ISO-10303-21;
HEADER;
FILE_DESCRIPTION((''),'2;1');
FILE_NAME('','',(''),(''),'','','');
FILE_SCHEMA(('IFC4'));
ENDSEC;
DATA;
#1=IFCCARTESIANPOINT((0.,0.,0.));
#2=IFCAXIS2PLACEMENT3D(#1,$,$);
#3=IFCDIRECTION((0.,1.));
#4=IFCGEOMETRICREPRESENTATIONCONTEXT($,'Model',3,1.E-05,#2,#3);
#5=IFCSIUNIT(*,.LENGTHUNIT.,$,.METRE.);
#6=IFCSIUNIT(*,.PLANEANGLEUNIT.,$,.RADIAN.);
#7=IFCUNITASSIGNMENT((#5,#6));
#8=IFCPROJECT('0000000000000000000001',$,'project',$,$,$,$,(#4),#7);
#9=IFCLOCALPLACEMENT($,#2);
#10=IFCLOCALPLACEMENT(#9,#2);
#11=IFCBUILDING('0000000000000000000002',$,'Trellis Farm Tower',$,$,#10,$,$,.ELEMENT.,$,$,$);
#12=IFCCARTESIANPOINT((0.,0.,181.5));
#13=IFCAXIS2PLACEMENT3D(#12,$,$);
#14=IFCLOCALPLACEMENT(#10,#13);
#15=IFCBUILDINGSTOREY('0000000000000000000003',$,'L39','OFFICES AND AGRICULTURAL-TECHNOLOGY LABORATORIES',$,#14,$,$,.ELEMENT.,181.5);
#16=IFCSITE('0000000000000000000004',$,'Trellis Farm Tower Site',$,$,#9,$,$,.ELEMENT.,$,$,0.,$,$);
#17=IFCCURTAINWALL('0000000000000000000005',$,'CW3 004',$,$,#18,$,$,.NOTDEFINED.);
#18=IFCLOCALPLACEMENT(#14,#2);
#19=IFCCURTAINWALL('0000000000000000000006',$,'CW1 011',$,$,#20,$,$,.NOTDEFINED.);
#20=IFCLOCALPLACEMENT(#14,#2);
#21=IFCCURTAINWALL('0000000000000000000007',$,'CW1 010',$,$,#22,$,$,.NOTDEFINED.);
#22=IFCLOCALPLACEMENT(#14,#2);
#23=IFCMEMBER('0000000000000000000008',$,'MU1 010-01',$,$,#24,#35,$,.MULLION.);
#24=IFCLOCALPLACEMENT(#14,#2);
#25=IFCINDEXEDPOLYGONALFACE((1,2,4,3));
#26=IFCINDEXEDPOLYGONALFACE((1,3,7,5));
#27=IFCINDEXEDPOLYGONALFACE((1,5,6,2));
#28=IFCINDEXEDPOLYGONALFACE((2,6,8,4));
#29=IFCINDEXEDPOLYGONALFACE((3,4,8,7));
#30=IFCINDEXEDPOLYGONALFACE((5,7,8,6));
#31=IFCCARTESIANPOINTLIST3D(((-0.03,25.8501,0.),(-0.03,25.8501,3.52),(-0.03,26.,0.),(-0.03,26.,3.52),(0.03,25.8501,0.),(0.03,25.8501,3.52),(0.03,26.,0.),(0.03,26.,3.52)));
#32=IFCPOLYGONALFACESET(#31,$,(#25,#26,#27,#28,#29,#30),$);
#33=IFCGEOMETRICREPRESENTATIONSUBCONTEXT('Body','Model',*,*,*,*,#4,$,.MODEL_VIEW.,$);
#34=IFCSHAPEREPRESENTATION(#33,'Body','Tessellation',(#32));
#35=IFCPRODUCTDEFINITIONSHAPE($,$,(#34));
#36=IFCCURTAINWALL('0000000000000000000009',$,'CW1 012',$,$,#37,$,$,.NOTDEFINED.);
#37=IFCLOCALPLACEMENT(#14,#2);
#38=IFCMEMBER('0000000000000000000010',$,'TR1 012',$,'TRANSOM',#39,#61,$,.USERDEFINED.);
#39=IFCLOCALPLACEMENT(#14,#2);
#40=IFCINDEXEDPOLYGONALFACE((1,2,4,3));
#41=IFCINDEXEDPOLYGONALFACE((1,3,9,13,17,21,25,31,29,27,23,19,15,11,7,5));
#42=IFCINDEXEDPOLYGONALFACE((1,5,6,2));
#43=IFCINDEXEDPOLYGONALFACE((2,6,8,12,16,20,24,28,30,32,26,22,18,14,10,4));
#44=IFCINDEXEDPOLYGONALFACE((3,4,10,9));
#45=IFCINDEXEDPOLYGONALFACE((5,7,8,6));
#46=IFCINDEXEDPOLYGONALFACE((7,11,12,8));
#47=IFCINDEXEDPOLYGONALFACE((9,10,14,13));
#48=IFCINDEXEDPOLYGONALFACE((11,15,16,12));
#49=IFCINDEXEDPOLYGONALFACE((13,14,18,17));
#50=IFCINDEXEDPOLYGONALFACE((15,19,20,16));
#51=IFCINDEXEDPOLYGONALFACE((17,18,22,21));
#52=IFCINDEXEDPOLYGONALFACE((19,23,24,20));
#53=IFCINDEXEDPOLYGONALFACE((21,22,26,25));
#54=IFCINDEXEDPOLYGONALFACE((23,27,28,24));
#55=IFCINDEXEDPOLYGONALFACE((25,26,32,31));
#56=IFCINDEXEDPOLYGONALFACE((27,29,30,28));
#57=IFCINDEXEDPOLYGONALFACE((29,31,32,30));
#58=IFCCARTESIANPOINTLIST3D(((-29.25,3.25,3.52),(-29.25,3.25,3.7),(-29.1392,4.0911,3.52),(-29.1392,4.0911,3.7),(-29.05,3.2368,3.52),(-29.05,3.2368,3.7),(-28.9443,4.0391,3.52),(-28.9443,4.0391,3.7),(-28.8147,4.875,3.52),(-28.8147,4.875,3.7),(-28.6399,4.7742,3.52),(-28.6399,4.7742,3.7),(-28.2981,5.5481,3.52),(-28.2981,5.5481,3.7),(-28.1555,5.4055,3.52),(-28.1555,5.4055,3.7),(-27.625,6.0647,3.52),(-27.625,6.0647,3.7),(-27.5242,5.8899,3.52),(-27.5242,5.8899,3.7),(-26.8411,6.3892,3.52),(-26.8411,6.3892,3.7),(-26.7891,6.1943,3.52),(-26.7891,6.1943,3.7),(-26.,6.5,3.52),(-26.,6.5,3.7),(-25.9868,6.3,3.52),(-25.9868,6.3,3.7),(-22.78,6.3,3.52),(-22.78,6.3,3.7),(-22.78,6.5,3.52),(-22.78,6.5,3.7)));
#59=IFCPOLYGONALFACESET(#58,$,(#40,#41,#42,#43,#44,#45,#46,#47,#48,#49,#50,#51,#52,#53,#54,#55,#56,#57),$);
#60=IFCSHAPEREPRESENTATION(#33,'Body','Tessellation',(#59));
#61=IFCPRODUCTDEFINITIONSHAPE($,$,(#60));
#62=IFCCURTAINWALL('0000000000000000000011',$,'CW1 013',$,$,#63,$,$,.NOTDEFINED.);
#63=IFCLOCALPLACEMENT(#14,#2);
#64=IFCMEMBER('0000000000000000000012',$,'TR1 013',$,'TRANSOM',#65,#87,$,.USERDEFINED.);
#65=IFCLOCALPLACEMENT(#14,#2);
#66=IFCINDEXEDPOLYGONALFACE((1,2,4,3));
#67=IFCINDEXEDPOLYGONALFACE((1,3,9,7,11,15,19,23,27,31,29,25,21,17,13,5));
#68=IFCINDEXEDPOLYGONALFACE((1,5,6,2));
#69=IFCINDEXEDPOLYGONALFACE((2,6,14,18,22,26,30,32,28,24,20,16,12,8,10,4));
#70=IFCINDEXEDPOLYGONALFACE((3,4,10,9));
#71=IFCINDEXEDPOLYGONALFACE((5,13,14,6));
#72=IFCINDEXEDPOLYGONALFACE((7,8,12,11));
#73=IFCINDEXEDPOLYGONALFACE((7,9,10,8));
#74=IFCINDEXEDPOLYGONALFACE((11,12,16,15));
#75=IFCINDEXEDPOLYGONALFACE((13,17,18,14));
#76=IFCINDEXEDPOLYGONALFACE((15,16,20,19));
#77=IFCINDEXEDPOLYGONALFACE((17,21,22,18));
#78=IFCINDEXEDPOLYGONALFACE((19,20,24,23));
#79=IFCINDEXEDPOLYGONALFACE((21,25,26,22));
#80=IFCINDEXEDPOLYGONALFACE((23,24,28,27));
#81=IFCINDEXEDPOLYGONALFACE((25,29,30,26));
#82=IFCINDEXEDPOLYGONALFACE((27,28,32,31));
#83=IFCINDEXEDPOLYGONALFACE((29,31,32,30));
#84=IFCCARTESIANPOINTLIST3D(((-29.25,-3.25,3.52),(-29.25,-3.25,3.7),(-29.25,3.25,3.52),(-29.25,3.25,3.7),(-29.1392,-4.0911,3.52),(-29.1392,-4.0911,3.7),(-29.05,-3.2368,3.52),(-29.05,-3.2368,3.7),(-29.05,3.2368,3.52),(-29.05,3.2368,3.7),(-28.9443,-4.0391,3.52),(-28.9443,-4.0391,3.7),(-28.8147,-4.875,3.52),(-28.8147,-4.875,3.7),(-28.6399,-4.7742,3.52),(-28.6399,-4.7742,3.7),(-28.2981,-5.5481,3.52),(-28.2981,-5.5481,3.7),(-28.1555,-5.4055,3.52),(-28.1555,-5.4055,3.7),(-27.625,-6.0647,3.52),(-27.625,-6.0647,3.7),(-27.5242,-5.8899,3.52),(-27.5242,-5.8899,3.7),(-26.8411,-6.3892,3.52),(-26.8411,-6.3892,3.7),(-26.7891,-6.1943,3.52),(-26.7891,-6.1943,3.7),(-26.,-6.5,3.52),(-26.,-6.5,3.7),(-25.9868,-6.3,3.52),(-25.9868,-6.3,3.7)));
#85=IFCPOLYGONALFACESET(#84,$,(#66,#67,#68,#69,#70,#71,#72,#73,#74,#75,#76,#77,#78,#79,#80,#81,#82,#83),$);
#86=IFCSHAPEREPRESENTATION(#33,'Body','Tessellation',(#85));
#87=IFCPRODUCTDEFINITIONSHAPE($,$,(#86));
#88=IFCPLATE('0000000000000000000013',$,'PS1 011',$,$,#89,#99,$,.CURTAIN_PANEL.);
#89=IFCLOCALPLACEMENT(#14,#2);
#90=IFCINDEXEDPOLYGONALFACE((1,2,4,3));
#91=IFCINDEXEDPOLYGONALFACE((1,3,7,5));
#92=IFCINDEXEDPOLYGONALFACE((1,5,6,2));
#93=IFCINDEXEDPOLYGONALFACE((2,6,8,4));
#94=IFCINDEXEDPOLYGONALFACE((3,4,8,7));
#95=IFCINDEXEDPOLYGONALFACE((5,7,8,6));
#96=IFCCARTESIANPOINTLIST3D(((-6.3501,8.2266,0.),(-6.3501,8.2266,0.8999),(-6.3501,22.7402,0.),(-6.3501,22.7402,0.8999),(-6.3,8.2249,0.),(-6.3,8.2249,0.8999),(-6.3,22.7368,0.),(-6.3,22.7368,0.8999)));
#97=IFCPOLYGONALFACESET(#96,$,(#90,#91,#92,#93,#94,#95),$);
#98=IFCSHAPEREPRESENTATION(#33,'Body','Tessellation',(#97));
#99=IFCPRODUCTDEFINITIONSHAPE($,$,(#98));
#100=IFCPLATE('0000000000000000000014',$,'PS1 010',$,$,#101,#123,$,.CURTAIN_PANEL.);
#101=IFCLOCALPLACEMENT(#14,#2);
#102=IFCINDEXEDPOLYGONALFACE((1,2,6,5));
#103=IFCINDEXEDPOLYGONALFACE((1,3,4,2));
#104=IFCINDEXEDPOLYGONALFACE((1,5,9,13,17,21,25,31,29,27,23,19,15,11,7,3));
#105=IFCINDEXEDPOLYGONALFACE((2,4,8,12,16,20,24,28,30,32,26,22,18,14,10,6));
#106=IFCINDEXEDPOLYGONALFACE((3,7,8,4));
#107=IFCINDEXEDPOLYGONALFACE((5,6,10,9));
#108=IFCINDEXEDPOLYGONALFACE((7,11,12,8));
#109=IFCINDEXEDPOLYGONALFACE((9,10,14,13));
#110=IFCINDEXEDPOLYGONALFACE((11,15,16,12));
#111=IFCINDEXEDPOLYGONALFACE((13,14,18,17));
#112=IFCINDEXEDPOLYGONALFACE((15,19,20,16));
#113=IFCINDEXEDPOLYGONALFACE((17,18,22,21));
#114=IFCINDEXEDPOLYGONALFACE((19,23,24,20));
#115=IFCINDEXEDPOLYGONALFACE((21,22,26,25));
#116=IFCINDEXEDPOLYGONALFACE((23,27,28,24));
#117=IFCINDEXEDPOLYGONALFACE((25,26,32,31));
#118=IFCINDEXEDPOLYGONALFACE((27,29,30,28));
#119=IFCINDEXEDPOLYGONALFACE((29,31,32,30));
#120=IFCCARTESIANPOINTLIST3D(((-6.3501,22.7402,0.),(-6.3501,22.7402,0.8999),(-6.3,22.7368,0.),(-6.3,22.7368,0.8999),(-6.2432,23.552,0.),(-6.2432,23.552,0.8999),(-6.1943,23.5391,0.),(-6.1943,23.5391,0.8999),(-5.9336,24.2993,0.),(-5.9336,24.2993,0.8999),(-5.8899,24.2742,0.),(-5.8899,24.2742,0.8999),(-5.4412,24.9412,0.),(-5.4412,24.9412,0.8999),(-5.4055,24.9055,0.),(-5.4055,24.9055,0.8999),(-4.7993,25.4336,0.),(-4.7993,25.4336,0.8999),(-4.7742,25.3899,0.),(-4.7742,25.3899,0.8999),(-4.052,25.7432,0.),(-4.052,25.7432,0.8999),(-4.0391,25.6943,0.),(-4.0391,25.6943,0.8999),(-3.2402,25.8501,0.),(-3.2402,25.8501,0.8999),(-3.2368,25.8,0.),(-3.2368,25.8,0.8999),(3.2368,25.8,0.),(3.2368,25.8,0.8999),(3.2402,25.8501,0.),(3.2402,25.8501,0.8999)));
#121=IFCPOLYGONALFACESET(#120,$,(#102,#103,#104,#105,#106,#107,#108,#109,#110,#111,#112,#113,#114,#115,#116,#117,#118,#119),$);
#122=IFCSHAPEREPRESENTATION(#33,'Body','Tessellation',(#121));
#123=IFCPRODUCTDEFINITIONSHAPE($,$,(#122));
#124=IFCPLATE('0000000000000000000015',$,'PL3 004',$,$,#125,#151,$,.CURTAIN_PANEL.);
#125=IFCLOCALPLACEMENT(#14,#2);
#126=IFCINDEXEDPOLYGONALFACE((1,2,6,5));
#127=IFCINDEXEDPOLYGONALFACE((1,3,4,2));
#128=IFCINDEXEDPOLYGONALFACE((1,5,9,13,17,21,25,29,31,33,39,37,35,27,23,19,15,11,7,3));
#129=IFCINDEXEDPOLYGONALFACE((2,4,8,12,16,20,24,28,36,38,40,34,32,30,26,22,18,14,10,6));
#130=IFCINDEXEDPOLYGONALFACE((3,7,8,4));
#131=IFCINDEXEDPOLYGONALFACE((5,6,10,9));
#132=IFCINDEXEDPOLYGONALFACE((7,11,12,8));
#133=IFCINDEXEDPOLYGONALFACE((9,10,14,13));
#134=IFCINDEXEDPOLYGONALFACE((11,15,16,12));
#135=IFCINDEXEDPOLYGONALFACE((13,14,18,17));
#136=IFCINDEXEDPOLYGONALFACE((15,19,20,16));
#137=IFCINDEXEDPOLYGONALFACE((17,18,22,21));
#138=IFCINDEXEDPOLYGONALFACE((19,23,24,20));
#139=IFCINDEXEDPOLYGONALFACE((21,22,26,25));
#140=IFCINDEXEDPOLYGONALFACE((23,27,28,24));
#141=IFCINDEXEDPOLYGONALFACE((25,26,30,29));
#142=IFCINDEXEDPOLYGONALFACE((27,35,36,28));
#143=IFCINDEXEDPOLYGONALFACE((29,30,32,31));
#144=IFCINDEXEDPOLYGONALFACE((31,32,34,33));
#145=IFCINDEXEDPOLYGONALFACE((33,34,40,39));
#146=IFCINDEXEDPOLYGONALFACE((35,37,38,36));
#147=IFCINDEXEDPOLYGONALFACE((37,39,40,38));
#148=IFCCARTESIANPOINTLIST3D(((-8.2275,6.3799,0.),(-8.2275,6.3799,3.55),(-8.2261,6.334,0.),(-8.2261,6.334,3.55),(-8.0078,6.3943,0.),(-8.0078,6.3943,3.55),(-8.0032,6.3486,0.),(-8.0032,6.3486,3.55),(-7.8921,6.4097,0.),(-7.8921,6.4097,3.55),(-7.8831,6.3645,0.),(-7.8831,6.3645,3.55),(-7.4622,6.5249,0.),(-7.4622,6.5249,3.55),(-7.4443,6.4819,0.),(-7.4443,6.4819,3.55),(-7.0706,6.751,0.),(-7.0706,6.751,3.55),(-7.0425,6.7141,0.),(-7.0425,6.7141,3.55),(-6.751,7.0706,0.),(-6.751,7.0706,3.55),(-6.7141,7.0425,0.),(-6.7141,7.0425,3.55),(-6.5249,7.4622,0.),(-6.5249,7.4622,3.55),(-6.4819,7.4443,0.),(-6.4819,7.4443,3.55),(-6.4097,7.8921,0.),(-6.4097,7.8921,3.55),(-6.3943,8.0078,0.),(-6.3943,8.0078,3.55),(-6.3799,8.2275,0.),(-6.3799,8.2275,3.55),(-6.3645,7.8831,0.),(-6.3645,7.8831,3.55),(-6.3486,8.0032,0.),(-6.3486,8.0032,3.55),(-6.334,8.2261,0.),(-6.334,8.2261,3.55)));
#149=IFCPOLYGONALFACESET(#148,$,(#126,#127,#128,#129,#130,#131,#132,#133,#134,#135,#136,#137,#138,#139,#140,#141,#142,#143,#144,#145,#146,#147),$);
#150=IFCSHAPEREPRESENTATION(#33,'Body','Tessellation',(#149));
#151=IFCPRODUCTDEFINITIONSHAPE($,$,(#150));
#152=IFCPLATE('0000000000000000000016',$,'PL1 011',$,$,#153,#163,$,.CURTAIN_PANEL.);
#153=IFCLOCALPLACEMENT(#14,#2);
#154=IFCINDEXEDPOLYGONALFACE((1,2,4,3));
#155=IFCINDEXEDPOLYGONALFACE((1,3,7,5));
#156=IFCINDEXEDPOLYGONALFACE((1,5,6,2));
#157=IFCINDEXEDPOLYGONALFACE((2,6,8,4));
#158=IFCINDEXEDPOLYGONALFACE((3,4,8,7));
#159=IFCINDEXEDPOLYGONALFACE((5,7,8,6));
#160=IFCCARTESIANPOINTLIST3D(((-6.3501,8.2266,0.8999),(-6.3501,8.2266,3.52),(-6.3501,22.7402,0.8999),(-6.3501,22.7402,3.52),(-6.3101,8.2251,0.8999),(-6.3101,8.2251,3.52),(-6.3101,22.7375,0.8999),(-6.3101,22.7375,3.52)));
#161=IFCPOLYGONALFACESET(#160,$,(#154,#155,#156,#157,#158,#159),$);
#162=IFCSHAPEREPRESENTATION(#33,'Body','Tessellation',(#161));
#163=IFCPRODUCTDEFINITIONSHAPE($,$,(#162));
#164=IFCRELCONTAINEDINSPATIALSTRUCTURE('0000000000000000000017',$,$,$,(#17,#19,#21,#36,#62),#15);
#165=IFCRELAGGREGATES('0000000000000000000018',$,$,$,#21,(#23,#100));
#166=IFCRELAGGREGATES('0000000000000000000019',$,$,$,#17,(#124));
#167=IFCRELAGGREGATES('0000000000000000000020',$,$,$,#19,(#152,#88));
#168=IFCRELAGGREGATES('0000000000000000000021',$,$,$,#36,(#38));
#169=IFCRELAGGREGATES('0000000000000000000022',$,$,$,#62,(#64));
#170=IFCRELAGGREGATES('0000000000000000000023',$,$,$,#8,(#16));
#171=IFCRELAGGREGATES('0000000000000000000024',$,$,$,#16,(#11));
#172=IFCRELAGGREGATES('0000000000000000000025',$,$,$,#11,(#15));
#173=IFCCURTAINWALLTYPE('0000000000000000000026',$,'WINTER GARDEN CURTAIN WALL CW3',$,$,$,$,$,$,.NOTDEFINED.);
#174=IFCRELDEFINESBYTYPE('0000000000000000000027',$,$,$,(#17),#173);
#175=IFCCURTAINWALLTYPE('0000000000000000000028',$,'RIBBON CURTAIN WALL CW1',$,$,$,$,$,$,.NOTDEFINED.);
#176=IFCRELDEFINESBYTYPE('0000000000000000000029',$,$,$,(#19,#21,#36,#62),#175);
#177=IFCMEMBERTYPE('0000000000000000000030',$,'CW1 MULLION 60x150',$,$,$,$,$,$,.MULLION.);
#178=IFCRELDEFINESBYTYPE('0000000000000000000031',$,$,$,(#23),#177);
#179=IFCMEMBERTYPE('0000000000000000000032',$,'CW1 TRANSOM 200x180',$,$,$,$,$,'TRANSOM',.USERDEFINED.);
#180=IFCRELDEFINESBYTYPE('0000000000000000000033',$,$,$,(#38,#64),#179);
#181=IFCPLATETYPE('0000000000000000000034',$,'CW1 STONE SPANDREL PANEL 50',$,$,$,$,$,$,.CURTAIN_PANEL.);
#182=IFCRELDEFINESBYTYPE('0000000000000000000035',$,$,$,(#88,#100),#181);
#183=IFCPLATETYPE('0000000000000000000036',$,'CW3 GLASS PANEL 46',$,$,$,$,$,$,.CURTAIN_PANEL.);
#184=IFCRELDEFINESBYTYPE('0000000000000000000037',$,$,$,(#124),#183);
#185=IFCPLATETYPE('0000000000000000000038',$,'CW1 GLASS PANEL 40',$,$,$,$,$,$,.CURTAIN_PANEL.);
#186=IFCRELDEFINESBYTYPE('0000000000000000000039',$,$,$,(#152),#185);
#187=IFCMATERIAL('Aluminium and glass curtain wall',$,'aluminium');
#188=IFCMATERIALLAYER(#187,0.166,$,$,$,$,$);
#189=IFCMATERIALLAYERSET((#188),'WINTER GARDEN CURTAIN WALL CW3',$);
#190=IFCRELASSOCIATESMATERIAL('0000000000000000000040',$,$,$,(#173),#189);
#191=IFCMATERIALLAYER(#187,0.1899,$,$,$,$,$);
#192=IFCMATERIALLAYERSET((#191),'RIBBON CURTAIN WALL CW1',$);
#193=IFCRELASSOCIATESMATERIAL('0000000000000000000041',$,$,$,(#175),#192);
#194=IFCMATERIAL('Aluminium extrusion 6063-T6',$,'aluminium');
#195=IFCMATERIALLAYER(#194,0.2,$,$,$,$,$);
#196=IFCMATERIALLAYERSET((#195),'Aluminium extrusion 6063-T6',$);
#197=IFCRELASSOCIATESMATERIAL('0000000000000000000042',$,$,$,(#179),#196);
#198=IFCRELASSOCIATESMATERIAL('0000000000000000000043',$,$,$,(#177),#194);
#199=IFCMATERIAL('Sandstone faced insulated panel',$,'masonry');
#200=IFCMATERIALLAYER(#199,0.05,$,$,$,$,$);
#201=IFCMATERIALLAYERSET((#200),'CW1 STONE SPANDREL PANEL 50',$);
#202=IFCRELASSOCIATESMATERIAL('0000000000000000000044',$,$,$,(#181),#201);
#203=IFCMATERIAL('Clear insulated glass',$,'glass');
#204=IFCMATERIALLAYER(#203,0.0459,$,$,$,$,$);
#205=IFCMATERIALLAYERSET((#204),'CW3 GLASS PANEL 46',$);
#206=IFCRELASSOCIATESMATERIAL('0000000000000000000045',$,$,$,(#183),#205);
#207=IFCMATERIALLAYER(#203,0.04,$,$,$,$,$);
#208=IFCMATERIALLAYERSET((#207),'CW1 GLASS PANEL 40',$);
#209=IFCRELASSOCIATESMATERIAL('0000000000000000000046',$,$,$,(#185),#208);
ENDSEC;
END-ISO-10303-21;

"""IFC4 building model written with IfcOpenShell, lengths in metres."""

from ifc_helpers import new_model, si_unit, direction, frame, origin, origin_2d, place, context, subcontext, project, spatial, polyline, rectangle, outline, extrude, source, transform, mapped, material, layer, layer_set, material_profile, profile_set, type_object, element, aggregate, save


model = new_model("IFC4")

# Units and contexts
model_context = context("Model", 3, precision=1e-05, world=origin(), true_north=direction((0.0, 1.0)))
body_context = subcontext(model_context, "Body", "Model", "MODEL_VIEW")
ifc_project = project(units=[si_unit("LENGTHUNIT", "METRE"), si_unit("PLANEANGLEUNIT", "RADIAN")], contexts=[model_context])

# Site, building, storey
site_placement = place(None, origin())
site = spatial("IfcSite", under=ifc_project, at=site_placement, Name="Trellis Farm Tower Site", CompositionType="ELEMENT", RefElevation=0.0)
building_placement = place(site_placement, origin())
building = spatial("IfcBuilding", under=site, at=building_placement, Name="Trellis Farm Tower", CompositionType="ELEMENT")
storey_placement = place(building_placement, frame((0.0, 0.0, 181.5)))
storey = spatial("IfcBuildingStorey", under=building, at=storey_placement, Name="L39", Description="OFFICES AND AGRICULTURAL-TECHNOLOGY LABORATORIES", CompositionType="ELEMENT", Elevation=181.5)

# Curtain walls
ifc_material_1 = material(Name="Aluminium and glass curtain wall", Category="aluminium")
ifc_layer_1 = layer(ifc_material_1, 0.166)
ifc_layer_set_1 = layer_set([ifc_layer_1], Name="WINTER GARDEN CURTAIN WALL CW3")
curtain_wall_type_1 = type_object("IfcCurtainWallType", Name="WINTER GARDEN CURTAIN WALL CW3", PredefinedType="NOTDEFINED", material=ifc_layer_set_1)
placement_1 = place(storey_placement, origin())
curtain_wall_1 = element("IfcCurtainWall", 1, at=placement_1, inside=storey, type_object=curtain_wall_type_1, Name="CW3 004", PredefinedType="NOTDEFINED")
ifc_material_2 = material(Name="Aluminium extrusion 6063-T6", Category="aluminium")
ifc_layer_2 = layer(ifc_material_1, 0.1899)
ifc_layer_set_2 = layer_set([ifc_layer_2], Name="RIBBON CURTAIN WALL CW1")
curtain_wall_type_2 = type_object("IfcCurtainWallType", Name="RIBBON CURTAIN WALL CW1", PredefinedType="NOTDEFINED", material=ifc_layer_set_2)
curtain_wall_2 = element("IfcCurtainWall", 2, at=placement_1, inside=storey, type_object=curtain_wall_type_2, Name="CW1 011", PredefinedType="NOTDEFINED")
ifc_layer_3 = layer(ifc_material_2, 0.2)
ifc_layer_set_3 = layer_set([ifc_layer_3], Name="Aluminium extrusion 6063-T6")
member_type_1 = type_object("IfcMemberType", Name="CW1 TRANSOM 200x180", ElementType="TRANSOM", PredefinedType="USERDEFINED", material=ifc_layer_set_3)
placement_2 = place(storey_placement, frame((0.0, 0.0, 3.52)))

# Curtain wall, member
curtain_wall_3 = element("IfcCurtainWall", 3, at=placement_1, inside=storey, type_object=curtain_wall_type_2, Name="CW1 010", PredefinedType="NOTDEFINED")
ifc_material_profile_1 = material_profile(ifc_material_2, rectangle(XDim=0.0601, YDim=0.1499, at=origin_2d()), Name="MULLION 60x150")
ifc_profile_set_1 = profile_set([ifc_material_profile_1], Name="Aluminium extrusion 6063-T6")
member_type_2 = type_object("IfcMemberType", Name="CW1 MULLION 60x150", PredefinedType="MULLION", material=ifc_profile_set_1)
shared_shape_1 = source(origin(), body_context, "Body", "SweptSolid", [
    extrude(rectangle(XDim=0.0601, YDim=0.1499, at=origin_2d()), origin(), (0.0, 0.0, 1.0), 3.52),
])
member_1_placement = place(storey_placement, frame((0.0, 25.925, 0.0), z_axis=(0.0, 0.0, 1.0), x_axis=(-1.0, 0.0, 0.0)))
member_1 = element("IfcMember", 4, at=member_1_placement, type_object=member_type_2, Name="MU1 010-01", PredefinedType="MULLION", context=body_context, shape_type="MappedRepresentation", body=[
    mapped(shared_shape_1, transform((0.0, 0.0, 0.0))),
])

# Curtain walls, members
curtain_wall_4 = element("IfcCurtainWall", 5, at=placement_1, inside=storey, type_object=curtain_wall_type_2, Name="CW1 012", PredefinedType="NOTDEFINED")
shared_shape_2 = source(origin(), body_context, "Body", "SweptSolid", [
    extrude(outline(polyline([(-22.78, 6.5), (-26.0, 6.5), (-26.8411, 6.3892), (-27.625, 6.0647), (-28.2981, 5.5481), (-28.8147, 4.875), (-29.1392, 4.0911), (-29.25, 3.25), (-29.05, 3.2368), (-28.9443, 4.0391), (-28.6399, 4.7742), (-28.1555, 5.4055), (-27.5242, 5.8899), (-26.7891, 6.1943), (-25.9868, 6.3), (-22.78, 6.3), (-22.78, 6.5)])), origin(), (0.0, 0.0, 1.0), 0.1799),
])
member_2 = element("IfcMember", 6, at=placement_2, type_object=member_type_1, Name="TR1 012", ObjectType="TRANSOM", PredefinedType="USERDEFINED", context=body_context, shape_type="MappedRepresentation", body=[
    mapped(shared_shape_2, transform((0.0, 0.0, 0.0))),
])
curtain_wall_5 = element("IfcCurtainWall", 7, at=placement_1, inside=storey, type_object=curtain_wall_type_2, Name="CW1 013", PredefinedType="NOTDEFINED")
shared_shape_3 = source(origin(), body_context, "Body", "SweptSolid", [
    extrude(outline(polyline([(-29.25, 3.25), (-29.25, -3.25), (-29.1392, -4.0911), (-28.8147, -4.875), (-28.2981, -5.5481), (-27.625, -6.0647), (-26.8411, -6.3892), (-26.0, -6.5), (-25.9868, -6.3), (-26.7891, -6.1943), (-27.5242, -5.8899), (-28.1555, -5.4055), (-28.6399, -4.7742), (-28.9443, -4.0391), (-29.05, -3.2368), (-29.05, 3.2368), (-29.25, 3.25)])), origin(), (0.0, 0.0, 1.0), 0.1799),
])
member_3 = element("IfcMember", 8, at=placement_2, type_object=member_type_1, Name="TR1 013", ObjectType="TRANSOM", PredefinedType="USERDEFINED", context=body_context, shape_type="MappedRepresentation", body=[
    mapped(shared_shape_3, transform((0.0, 0.0, 0.0))),
])

# Plates
ifc_material_3 = material(Name="Sandstone faced insulated panel", Category="masonry")
ifc_layer_4 = layer(ifc_material_3, 0.05)
ifc_layer_set_4 = layer_set([ifc_layer_4], Name="CW1 STONE SPANDREL PANEL 50")
plate_type_1 = type_object("IfcPlateType", Name="CW1 STONE SPANDREL PANEL 50", PredefinedType="CURTAIN_PANEL", material=ifc_layer_set_4)
shared_shape_4 = source(origin(), body_context, "Body", "SweptSolid", [
    extrude(outline(polyline([(-6.3501, 22.7402), (-6.3501, 8.2266), (-6.3, 8.2249), (-6.3, 22.7368), (-6.3501, 22.7402)])), origin(), (0.0, 0.0, 1.0), 0.8999),
])
plate_1 = element("IfcPlate", 9, at=placement_1, type_object=plate_type_1, Name="PS1 011", PredefinedType="CURTAIN_PANEL", context=body_context, shape_type="MappedRepresentation", body=[
    mapped(shared_shape_4, transform((0.0, 0.0, 0.0))),
])
shared_shape_5 = source(origin(), body_context, "Body", "SweptSolid", [
    extrude(outline(polyline([(3.2402, 25.8501), (-3.2402, 25.8501), (-4.052, 25.7432), (-4.7993, 25.4336), (-5.4412, 24.9412), (-5.9336, 24.2993), (-6.2432, 23.552), (-6.3501, 22.7402), (-6.3, 22.7368), (-6.1943, 23.5391), (-5.8899, 24.2742), (-5.4055, 24.9055), (-4.7742, 25.3899), (-4.0391, 25.6943), (-3.2368, 25.8), (3.2368, 25.8), (3.2402, 25.8501)])), origin(), (0.0, 0.0, 1.0), 0.8999),
])
plate_2 = element("IfcPlate", 10, at=placement_1, type_object=plate_type_1, Name="PS1 010", PredefinedType="CURTAIN_PANEL", context=body_context, shape_type="MappedRepresentation", body=[
    mapped(shared_shape_5, transform((0.0, 0.0, 0.0))),
])
aggregate(curtain_wall_3, [member_1, plate_2])
ifc_material_4 = material(Name="Clear insulated glass", Category="glass")
ifc_layer_5 = layer(ifc_material_4, 0.0459)
ifc_layer_set_5 = layer_set([ifc_layer_5], Name="CW3 GLASS PANEL 46")
plate_type_2 = type_object("IfcPlateType", Name="CW3 GLASS PANEL 46", PredefinedType="CURTAIN_PANEL", material=ifc_layer_set_5)
shared_shape_6 = source(origin(), body_context, "Body", "SweptSolid", [
    extrude(outline(polyline([(-6.3799, 8.2275), (-6.3943, 8.0078), (-6.4097, 7.8921), (-6.5249, 7.4622), (-6.751, 7.0706), (-7.0706, 6.751), (-7.4622, 6.5249), (-7.8921, 6.4097), (-8.0078, 6.3943), (-8.2275, 6.3799), (-8.2261, 6.334), (-8.0032, 6.3486), (-7.8831, 6.3645), (-7.4443, 6.4819), (-7.0425, 6.7141), (-6.7141, 7.0425), (-6.4819, 7.4443), (-6.3645, 7.8831), (-6.3486, 8.0032), (-6.334, 8.2261), (-6.3799, 8.2275)])), origin(), (0.0, 0.0, 1.0), 3.55),
])
plate_3 = element("IfcPlate", 11, at=placement_1, type_object=plate_type_2, Name="PL3 004", PredefinedType="CURTAIN_PANEL", context=body_context, shape_type="MappedRepresentation", body=[
    mapped(shared_shape_6, transform((0.0, 0.0, 0.0))),
])
aggregate(curtain_wall_1, [plate_3])
ifc_layer_6 = layer(ifc_material_4, 0.04)
ifc_layer_set_6 = layer_set([ifc_layer_6], Name="CW1 GLASS PANEL 40")
plate_type_3 = type_object("IfcPlateType", Name="CW1 GLASS PANEL 40", PredefinedType="CURTAIN_PANEL", material=ifc_layer_set_6)
shared_shape_7 = source(origin(), body_context, "Body", "SweptSolid", [
    extrude(outline(polyline([(-6.3501, 22.7402), (-6.3501, 8.2266), (-6.3101, 8.2251), (-6.3101, 22.7375), (-6.3501, 22.7402)])), origin(), (0.0, 0.0, 1.0), 2.6201),
])
placement_3 = place(storey_placement, frame((0.0, 0.0, 0.8999)))
plate_4 = element("IfcPlate", 12, at=placement_3, type_object=plate_type_3, Name="PL1 011", PredefinedType="CURTAIN_PANEL", context=body_context, shape_type="MappedRepresentation", body=[
    mapped(shared_shape_7, transform((0.0, 0.0, 0.0))),
])
aggregate(curtain_wall_2, [plate_4, plate_1])
aggregate(curtain_wall_4, [member_2])
aggregate(curtain_wall_5, [member_3])

save(model, "model.ifc")
